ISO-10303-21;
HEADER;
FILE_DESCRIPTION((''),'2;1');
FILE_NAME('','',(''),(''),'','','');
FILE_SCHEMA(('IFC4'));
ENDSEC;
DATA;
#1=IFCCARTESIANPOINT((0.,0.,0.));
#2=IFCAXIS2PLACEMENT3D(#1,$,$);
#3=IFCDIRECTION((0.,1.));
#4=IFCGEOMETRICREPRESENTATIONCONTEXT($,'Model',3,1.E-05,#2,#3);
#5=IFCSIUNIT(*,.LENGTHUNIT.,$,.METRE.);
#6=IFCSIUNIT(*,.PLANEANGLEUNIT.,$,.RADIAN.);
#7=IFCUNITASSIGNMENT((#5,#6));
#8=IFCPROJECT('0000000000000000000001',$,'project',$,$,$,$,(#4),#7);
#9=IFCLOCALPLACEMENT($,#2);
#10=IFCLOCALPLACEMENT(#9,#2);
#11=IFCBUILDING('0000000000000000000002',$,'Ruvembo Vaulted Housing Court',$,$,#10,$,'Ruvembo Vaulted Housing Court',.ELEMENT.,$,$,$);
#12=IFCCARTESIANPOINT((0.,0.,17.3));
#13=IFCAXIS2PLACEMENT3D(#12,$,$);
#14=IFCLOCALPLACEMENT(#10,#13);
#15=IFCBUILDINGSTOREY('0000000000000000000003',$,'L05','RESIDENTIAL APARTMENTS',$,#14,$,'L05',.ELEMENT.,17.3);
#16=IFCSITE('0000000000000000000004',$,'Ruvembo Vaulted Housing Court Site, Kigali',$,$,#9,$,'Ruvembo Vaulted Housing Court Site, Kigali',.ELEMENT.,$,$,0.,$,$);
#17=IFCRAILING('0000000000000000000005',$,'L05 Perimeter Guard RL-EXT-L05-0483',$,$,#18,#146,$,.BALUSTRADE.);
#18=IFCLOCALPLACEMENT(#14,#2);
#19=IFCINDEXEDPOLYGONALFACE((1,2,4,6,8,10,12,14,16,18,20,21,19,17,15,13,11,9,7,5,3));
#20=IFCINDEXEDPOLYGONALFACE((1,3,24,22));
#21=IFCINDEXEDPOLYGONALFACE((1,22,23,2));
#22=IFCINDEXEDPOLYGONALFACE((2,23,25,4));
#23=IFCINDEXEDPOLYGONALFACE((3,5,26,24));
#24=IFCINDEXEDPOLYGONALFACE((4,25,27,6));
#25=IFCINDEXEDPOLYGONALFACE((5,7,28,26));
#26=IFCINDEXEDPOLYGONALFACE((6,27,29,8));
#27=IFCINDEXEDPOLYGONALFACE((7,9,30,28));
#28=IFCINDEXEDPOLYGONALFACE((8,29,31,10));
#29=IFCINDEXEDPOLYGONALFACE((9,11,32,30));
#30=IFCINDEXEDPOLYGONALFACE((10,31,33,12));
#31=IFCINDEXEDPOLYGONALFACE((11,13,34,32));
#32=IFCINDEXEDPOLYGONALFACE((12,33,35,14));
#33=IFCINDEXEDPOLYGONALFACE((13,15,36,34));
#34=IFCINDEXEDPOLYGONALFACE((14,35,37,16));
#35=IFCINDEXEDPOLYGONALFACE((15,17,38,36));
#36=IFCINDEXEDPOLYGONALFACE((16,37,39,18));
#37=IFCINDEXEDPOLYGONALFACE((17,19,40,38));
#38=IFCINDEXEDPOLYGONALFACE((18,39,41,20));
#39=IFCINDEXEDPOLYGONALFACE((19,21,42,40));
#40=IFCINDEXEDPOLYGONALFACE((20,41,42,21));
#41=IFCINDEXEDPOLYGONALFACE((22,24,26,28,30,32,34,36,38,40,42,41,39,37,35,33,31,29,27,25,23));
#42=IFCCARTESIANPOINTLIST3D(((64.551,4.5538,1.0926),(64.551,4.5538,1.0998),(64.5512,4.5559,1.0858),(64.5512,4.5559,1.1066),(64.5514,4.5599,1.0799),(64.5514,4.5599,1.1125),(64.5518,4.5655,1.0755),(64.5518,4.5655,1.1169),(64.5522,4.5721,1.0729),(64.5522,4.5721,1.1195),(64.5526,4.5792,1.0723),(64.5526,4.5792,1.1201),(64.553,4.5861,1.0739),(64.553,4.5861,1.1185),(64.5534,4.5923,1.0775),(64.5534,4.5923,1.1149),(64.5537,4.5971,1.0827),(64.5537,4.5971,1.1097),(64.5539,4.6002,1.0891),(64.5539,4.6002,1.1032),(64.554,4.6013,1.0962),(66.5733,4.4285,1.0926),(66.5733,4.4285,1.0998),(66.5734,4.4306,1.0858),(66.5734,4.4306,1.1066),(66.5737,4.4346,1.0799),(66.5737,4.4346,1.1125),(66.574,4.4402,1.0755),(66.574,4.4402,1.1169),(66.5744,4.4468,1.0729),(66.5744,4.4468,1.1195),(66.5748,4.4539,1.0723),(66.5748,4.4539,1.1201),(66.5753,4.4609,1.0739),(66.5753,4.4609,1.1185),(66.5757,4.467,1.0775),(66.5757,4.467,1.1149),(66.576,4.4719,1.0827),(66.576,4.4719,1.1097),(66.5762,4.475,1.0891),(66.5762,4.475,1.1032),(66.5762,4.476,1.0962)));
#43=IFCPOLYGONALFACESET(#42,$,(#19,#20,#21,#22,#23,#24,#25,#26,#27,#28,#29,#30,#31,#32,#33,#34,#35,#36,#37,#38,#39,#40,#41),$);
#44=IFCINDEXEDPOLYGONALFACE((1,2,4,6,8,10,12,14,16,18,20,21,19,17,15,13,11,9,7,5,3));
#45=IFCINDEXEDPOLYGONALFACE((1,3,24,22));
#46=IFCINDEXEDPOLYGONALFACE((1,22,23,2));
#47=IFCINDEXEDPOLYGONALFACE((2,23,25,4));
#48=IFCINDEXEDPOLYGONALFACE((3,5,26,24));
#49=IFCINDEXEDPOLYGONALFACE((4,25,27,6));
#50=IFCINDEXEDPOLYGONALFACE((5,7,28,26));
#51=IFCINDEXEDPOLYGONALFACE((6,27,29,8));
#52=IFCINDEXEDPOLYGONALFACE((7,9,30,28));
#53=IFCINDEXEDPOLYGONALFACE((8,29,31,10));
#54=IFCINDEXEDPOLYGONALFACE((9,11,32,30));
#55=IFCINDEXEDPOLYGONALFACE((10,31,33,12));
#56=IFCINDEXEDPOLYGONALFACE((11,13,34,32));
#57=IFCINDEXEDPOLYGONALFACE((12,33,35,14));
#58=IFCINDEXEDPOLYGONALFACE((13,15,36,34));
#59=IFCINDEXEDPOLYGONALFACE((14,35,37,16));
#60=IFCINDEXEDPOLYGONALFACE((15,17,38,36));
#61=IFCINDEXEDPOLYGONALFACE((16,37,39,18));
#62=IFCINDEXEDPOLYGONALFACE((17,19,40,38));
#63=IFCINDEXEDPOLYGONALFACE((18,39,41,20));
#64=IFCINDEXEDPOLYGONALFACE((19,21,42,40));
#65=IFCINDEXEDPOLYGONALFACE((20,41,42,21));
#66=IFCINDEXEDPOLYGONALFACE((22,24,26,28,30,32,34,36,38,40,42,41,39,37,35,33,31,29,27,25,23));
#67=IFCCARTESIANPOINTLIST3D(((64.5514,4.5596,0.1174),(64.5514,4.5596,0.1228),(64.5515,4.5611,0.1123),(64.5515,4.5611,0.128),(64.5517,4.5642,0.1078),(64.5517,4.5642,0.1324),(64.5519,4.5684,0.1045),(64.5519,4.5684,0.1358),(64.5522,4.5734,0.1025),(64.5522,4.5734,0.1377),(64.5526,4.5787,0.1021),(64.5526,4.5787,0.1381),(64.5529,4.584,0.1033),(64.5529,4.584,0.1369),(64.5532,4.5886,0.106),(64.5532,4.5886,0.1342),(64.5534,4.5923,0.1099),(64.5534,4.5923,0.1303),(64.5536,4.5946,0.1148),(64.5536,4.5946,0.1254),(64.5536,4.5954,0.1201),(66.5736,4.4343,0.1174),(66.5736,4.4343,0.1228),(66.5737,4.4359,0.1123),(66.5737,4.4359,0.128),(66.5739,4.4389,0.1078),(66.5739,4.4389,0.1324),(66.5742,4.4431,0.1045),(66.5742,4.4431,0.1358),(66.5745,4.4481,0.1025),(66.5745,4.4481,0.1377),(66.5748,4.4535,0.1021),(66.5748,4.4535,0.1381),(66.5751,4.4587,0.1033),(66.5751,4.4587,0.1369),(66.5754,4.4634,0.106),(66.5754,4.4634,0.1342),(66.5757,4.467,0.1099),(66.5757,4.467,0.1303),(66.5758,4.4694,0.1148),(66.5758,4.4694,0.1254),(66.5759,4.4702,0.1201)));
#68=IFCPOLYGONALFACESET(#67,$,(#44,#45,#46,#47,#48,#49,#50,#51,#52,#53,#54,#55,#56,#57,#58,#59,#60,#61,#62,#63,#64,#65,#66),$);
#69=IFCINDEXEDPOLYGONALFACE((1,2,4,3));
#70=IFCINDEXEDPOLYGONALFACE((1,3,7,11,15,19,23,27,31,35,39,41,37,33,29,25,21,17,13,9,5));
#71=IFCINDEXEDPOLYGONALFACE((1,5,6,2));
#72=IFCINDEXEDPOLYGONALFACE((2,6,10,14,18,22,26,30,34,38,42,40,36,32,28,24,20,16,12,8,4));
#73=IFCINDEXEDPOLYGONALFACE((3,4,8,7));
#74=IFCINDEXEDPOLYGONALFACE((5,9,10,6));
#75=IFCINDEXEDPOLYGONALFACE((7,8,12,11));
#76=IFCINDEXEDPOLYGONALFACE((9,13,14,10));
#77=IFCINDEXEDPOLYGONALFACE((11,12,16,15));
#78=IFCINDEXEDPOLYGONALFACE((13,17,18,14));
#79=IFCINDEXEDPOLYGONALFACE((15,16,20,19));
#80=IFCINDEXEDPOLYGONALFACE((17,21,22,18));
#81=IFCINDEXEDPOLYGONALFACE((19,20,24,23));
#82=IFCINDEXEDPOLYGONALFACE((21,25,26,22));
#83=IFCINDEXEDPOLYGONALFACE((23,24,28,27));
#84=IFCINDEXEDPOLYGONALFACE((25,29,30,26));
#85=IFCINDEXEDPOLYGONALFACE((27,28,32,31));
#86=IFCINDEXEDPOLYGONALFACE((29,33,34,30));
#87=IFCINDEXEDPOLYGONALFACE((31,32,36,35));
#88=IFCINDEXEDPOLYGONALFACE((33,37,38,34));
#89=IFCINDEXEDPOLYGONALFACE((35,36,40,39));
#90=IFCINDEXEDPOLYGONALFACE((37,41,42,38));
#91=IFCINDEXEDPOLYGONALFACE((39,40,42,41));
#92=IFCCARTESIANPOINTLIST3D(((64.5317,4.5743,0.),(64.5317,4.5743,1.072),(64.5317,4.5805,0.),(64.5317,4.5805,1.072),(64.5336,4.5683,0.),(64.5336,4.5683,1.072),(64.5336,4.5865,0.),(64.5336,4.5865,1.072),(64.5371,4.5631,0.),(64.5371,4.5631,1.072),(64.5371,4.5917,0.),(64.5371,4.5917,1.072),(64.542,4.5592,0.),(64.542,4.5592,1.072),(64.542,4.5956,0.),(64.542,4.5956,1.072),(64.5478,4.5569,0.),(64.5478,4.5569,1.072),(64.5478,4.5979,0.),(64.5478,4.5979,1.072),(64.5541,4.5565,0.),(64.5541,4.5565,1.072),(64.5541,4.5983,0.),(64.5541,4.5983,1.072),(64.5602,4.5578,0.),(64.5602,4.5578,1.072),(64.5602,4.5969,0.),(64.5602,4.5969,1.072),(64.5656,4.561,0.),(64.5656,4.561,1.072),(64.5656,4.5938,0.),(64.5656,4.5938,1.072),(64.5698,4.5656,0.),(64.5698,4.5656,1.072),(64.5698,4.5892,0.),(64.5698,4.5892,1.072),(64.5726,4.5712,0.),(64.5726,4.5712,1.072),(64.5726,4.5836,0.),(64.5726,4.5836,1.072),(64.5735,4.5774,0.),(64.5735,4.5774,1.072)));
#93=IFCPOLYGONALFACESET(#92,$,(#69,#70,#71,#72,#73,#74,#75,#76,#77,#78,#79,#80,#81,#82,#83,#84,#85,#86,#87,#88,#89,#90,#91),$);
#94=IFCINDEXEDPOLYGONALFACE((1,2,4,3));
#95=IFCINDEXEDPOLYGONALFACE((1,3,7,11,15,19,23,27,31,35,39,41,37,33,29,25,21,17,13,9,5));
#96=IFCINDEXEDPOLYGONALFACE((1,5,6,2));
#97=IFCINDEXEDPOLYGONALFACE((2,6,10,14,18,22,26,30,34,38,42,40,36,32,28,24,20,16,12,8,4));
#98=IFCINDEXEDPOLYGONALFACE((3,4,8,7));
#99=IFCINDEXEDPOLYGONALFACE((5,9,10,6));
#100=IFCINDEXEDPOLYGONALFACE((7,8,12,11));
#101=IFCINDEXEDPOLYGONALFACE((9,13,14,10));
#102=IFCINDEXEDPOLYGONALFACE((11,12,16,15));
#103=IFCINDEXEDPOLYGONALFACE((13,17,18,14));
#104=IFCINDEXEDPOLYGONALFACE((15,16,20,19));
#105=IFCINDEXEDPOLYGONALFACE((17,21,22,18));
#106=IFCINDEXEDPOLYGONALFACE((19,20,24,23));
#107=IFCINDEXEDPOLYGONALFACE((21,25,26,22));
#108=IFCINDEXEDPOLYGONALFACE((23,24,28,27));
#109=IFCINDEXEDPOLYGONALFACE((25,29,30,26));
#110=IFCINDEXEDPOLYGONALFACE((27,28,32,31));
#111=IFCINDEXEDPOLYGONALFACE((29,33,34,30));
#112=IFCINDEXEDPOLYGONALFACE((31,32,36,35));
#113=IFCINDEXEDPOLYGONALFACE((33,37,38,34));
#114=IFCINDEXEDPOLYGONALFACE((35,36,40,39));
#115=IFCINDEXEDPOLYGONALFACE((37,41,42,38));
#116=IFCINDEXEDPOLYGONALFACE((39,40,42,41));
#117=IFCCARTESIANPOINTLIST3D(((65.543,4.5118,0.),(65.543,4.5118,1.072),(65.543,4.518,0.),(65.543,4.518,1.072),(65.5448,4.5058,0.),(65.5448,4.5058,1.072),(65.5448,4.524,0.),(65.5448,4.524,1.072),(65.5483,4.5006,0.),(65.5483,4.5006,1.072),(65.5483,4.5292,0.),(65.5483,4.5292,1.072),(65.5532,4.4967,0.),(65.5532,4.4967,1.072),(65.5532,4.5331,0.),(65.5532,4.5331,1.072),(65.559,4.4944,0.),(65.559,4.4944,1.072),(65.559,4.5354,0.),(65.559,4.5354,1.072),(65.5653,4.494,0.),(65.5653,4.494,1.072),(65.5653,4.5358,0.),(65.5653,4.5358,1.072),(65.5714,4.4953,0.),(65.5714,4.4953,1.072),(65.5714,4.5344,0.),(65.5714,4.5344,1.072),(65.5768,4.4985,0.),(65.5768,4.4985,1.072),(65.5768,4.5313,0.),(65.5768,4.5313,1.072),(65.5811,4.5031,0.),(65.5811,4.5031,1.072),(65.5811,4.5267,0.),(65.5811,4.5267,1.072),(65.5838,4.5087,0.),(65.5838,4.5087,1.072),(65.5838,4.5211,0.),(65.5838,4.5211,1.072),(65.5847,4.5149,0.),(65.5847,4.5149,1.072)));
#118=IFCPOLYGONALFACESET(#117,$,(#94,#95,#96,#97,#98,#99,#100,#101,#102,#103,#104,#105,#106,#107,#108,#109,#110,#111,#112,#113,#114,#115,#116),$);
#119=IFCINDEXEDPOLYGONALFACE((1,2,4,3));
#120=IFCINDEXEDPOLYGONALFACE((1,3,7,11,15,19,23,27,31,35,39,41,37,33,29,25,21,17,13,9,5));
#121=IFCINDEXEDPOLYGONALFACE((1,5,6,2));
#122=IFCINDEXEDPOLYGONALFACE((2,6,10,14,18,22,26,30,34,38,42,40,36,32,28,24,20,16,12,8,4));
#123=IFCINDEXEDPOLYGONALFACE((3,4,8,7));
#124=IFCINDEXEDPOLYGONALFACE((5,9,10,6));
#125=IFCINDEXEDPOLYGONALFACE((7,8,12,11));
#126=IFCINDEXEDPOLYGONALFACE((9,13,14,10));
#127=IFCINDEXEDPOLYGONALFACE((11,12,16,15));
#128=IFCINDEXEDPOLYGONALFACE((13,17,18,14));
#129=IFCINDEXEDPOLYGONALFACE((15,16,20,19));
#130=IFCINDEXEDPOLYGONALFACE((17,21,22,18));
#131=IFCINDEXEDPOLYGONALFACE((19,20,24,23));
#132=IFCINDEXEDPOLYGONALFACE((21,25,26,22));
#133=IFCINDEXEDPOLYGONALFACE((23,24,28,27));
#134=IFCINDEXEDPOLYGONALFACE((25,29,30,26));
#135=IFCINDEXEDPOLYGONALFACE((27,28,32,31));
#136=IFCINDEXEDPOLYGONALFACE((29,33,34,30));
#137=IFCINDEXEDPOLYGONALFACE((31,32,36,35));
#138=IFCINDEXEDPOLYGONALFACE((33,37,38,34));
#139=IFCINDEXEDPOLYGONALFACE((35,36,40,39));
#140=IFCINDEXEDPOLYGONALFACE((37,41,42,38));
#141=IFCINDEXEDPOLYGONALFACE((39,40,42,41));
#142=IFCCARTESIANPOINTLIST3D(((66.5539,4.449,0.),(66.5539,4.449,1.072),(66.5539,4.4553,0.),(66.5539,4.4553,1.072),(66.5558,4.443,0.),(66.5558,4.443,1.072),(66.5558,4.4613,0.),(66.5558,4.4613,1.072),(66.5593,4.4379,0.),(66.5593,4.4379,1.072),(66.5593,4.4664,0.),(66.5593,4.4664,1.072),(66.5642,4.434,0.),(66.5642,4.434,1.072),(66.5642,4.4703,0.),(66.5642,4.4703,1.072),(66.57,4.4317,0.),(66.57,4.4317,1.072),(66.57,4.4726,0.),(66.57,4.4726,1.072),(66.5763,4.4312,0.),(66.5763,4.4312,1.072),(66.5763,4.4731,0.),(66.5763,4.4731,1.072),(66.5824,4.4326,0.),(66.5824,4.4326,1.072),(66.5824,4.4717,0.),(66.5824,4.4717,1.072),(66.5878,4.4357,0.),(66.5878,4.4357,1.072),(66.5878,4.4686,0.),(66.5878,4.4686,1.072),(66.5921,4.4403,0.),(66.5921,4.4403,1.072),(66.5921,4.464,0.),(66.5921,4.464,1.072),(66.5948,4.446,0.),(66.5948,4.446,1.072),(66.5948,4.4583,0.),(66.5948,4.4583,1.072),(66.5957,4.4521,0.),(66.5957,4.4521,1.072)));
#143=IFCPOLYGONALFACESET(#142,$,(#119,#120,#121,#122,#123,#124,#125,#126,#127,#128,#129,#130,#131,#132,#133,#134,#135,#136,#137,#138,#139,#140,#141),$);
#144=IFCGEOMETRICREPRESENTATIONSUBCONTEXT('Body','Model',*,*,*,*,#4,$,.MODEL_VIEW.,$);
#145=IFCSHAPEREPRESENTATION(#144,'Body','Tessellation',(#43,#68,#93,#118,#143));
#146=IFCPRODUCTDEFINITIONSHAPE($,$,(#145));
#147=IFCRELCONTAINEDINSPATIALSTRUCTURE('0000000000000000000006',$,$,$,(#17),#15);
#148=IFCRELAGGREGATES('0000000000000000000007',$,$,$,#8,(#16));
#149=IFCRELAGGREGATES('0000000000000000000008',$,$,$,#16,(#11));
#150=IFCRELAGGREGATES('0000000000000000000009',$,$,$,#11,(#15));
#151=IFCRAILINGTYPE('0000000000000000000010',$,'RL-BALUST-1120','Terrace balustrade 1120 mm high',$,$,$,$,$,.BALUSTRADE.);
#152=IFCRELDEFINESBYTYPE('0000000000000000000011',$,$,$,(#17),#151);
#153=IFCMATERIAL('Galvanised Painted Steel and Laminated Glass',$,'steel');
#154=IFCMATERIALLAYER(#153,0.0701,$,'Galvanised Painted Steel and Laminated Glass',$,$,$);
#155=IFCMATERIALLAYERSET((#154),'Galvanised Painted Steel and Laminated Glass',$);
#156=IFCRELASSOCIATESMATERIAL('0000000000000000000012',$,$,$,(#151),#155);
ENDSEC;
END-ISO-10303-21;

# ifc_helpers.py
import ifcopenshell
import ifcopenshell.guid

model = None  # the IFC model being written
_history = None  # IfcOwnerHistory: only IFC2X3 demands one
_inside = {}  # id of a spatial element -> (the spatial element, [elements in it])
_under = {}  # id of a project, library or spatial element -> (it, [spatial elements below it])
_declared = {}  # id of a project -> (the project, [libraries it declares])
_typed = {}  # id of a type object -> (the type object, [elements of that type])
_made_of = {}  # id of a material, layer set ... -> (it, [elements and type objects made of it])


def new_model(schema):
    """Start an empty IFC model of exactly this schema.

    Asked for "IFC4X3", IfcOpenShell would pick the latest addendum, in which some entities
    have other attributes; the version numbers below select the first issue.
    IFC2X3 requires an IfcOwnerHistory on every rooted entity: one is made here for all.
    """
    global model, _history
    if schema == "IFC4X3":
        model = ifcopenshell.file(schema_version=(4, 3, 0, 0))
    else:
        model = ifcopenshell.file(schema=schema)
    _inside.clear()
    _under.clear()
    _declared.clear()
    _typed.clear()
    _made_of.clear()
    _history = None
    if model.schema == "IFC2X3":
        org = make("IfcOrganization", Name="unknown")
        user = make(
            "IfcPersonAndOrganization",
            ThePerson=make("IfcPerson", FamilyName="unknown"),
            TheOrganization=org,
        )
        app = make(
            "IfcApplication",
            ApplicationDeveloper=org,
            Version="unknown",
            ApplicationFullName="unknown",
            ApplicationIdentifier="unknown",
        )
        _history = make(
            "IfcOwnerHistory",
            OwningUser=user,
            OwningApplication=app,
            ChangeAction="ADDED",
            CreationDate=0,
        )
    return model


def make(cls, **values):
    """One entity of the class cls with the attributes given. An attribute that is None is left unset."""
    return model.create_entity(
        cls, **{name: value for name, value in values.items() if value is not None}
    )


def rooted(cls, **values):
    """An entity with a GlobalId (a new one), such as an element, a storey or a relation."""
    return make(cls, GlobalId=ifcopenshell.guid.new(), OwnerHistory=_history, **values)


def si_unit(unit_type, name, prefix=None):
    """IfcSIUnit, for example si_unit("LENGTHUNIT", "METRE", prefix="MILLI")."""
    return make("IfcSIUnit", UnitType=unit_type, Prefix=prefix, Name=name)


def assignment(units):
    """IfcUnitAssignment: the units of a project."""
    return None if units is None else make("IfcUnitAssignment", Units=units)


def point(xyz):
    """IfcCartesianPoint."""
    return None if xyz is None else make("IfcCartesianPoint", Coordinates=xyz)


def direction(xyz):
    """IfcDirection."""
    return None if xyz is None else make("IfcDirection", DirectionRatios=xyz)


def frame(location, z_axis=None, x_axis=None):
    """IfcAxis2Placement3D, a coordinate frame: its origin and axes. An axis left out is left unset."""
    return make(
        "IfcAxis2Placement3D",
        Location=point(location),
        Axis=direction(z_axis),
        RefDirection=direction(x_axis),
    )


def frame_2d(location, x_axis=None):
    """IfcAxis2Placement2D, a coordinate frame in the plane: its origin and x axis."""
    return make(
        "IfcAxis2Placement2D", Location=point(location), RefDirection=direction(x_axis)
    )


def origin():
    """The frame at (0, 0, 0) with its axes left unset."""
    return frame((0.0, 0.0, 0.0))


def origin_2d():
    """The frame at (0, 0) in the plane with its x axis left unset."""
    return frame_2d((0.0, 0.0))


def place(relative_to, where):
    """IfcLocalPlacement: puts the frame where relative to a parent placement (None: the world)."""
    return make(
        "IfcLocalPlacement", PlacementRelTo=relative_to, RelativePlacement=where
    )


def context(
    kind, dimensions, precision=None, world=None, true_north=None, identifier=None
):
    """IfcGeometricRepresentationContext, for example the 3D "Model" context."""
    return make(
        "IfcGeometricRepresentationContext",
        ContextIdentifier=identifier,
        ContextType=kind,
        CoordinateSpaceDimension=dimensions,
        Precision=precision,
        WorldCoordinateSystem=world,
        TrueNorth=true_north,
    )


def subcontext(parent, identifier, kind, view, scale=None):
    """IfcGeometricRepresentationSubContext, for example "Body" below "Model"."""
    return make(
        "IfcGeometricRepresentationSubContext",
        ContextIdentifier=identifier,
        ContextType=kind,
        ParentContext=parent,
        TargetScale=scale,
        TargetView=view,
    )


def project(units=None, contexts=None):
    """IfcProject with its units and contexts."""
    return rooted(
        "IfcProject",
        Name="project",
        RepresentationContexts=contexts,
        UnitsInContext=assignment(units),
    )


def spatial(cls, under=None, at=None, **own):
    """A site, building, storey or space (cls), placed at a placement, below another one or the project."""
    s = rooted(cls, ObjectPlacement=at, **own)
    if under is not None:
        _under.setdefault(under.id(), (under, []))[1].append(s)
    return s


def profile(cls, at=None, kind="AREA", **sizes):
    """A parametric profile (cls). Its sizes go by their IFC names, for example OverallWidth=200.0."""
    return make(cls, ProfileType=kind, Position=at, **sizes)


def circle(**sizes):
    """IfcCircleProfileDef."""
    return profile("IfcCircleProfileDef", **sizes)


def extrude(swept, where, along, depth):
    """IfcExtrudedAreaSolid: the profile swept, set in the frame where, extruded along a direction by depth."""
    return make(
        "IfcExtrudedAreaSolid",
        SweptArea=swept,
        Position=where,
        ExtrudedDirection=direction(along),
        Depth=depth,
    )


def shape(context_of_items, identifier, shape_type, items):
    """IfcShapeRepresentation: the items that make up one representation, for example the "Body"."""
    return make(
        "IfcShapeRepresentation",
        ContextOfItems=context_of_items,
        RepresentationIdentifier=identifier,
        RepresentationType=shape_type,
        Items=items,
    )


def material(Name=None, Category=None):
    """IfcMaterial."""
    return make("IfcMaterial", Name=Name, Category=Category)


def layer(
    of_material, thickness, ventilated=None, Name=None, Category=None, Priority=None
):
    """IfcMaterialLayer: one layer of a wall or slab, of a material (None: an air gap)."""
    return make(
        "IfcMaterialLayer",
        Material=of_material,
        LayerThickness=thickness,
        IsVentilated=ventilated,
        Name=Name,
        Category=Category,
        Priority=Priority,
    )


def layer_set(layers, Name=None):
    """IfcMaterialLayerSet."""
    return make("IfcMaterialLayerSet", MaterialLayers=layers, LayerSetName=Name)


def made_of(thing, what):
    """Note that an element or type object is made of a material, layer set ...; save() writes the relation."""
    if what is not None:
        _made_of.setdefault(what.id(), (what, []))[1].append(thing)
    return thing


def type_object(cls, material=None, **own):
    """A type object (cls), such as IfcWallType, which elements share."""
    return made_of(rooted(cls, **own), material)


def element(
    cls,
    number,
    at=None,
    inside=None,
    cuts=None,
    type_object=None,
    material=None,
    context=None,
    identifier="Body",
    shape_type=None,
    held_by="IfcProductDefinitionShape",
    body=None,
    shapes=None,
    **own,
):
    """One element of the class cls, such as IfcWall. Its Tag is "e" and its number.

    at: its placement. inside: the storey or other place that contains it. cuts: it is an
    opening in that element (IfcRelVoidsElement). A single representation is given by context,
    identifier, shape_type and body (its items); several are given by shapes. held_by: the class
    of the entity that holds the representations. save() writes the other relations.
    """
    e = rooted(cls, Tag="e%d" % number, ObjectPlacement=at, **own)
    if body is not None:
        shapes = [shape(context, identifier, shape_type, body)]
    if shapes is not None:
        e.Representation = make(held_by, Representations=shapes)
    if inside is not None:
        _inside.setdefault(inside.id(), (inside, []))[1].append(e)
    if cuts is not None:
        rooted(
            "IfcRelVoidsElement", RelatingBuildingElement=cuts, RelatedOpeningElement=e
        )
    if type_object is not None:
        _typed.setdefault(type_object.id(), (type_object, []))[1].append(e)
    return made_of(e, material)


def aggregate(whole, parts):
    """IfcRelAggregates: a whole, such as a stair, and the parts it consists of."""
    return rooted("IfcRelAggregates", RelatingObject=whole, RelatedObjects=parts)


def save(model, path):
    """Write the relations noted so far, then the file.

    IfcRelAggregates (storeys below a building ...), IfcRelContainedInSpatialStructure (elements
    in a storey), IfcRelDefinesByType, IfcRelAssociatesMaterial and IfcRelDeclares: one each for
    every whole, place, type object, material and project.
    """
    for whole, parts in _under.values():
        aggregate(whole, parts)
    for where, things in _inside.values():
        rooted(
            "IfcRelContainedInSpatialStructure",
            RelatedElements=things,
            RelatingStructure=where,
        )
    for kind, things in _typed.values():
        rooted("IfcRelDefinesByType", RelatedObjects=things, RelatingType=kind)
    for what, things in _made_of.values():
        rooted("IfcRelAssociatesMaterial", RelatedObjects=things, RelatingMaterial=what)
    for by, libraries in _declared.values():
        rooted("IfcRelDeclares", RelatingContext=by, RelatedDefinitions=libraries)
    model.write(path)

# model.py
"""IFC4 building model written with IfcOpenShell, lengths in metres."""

from ifc_helpers import new_model, si_unit, direction, frame, origin, origin_2d, place, context, subcontext, project, spatial, circle, extrude, material, layer, layer_set, type_object, element, save


model = new_model("IFC4")

# Units and contexts
model_context = context("Model", 3, precision=1e-05, world=origin(), true_north=direction((0.0, 1.0)))
body_context = subcontext(model_context, "Body", "Model", "MODEL_VIEW")
ifc_project = project(units=[si_unit("LENGTHUNIT", "METRE"), si_unit("PLANEANGLEUNIT", "RADIAN")], contexts=[model_context])

# Site, building, storey
site_placement = place(None, origin())
site = spatial("IfcSite", under=ifc_project, at=site_placement, Name="Ruvembo Vaulted Housing Court Site, Kigali", LongName="Ruvembo Vaulted Housing Court Site, Kigali", CompositionType="ELEMENT", RefElevation=0.0)
building_placement = place(site_placement, origin())
building = spatial("IfcBuilding", under=site, at=building_placement, Name="Ruvembo Vaulted Housing Court", LongName="Ruvembo Vaulted Housing Court", CompositionType="ELEMENT")
storey_placement = place(building_placement, frame((0.0, 0.0, 17.3)))
storey = spatial("IfcBuildingStorey", under=building, at=storey_placement, Name="L05", Description="RESIDENTIAL APARTMENTS", LongName="L05", CompositionType="ELEMENT", Elevation=17.3)

# Railing
ifc_material_1 = material(Name="Galvanised Painted Steel and Laminated Glass", Category="steel")
ifc_layer_1 = layer(ifc_material_1, 0.0701, Name="Galvanised Painted Steel and Laminated Glass")
ifc_layer_set_1 = layer_set([ifc_layer_1], Name="Galvanised Painted Steel and Laminated Glass")
railing_type = type_object("IfcRailingType", Name="RL-BALUST-1120", Description="Terrace balustrade 1120 mm high", PredefinedType="BALUSTRADE", material=ifc_layer_set_1)
railing_1_placement = place(storey_placement, frame((64.5525, 4.5774, 0.0)))
element("IfcRailing", 1, at=railing_1_placement, inside=storey, type_object=railing_type, Name="L05 Perimeter Guard RL-EXT-L05-0483", PredefinedType="BALUSTRADE", context=body_context, shape_type="SweptSolid", body=[
    extrude(circle(Radius=0.0239, at=origin_2d()), frame((0.0, 0.0, 1.0962), z_axis=(0.998088, -0.061816, 0.0), x_axis=(0.061816, 0.998088, 0.0)), (0.0, 0.0, 1.0), 2.0261),
    extrude(circle(Radius=0.0181, at=origin_2d()), frame((0.0, 0.0, 0.1201), z_axis=(0.998088, -0.061816, 0.0), x_axis=(0.061816, 0.998088, 0.0)), (0.0, 0.0, 1.0), 2.0261),
    extrude(circle(Radius=0.021, at=origin_2d()), origin(), (0.0, 0.0, 1.0), 1.072),
    extrude(circle(Radius=0.021, at=origin_2d()), frame((1.0112, -0.0625, 0.0)), (0.0, 0.0, 1.0), 1.072),
    extrude(circle(Radius=0.021, at=origin_2d()), frame((2.0222, -0.1252, 0.0)), (0.0, 0.0, 1.0), 1.072),
])

save(model, "model.ifc")
